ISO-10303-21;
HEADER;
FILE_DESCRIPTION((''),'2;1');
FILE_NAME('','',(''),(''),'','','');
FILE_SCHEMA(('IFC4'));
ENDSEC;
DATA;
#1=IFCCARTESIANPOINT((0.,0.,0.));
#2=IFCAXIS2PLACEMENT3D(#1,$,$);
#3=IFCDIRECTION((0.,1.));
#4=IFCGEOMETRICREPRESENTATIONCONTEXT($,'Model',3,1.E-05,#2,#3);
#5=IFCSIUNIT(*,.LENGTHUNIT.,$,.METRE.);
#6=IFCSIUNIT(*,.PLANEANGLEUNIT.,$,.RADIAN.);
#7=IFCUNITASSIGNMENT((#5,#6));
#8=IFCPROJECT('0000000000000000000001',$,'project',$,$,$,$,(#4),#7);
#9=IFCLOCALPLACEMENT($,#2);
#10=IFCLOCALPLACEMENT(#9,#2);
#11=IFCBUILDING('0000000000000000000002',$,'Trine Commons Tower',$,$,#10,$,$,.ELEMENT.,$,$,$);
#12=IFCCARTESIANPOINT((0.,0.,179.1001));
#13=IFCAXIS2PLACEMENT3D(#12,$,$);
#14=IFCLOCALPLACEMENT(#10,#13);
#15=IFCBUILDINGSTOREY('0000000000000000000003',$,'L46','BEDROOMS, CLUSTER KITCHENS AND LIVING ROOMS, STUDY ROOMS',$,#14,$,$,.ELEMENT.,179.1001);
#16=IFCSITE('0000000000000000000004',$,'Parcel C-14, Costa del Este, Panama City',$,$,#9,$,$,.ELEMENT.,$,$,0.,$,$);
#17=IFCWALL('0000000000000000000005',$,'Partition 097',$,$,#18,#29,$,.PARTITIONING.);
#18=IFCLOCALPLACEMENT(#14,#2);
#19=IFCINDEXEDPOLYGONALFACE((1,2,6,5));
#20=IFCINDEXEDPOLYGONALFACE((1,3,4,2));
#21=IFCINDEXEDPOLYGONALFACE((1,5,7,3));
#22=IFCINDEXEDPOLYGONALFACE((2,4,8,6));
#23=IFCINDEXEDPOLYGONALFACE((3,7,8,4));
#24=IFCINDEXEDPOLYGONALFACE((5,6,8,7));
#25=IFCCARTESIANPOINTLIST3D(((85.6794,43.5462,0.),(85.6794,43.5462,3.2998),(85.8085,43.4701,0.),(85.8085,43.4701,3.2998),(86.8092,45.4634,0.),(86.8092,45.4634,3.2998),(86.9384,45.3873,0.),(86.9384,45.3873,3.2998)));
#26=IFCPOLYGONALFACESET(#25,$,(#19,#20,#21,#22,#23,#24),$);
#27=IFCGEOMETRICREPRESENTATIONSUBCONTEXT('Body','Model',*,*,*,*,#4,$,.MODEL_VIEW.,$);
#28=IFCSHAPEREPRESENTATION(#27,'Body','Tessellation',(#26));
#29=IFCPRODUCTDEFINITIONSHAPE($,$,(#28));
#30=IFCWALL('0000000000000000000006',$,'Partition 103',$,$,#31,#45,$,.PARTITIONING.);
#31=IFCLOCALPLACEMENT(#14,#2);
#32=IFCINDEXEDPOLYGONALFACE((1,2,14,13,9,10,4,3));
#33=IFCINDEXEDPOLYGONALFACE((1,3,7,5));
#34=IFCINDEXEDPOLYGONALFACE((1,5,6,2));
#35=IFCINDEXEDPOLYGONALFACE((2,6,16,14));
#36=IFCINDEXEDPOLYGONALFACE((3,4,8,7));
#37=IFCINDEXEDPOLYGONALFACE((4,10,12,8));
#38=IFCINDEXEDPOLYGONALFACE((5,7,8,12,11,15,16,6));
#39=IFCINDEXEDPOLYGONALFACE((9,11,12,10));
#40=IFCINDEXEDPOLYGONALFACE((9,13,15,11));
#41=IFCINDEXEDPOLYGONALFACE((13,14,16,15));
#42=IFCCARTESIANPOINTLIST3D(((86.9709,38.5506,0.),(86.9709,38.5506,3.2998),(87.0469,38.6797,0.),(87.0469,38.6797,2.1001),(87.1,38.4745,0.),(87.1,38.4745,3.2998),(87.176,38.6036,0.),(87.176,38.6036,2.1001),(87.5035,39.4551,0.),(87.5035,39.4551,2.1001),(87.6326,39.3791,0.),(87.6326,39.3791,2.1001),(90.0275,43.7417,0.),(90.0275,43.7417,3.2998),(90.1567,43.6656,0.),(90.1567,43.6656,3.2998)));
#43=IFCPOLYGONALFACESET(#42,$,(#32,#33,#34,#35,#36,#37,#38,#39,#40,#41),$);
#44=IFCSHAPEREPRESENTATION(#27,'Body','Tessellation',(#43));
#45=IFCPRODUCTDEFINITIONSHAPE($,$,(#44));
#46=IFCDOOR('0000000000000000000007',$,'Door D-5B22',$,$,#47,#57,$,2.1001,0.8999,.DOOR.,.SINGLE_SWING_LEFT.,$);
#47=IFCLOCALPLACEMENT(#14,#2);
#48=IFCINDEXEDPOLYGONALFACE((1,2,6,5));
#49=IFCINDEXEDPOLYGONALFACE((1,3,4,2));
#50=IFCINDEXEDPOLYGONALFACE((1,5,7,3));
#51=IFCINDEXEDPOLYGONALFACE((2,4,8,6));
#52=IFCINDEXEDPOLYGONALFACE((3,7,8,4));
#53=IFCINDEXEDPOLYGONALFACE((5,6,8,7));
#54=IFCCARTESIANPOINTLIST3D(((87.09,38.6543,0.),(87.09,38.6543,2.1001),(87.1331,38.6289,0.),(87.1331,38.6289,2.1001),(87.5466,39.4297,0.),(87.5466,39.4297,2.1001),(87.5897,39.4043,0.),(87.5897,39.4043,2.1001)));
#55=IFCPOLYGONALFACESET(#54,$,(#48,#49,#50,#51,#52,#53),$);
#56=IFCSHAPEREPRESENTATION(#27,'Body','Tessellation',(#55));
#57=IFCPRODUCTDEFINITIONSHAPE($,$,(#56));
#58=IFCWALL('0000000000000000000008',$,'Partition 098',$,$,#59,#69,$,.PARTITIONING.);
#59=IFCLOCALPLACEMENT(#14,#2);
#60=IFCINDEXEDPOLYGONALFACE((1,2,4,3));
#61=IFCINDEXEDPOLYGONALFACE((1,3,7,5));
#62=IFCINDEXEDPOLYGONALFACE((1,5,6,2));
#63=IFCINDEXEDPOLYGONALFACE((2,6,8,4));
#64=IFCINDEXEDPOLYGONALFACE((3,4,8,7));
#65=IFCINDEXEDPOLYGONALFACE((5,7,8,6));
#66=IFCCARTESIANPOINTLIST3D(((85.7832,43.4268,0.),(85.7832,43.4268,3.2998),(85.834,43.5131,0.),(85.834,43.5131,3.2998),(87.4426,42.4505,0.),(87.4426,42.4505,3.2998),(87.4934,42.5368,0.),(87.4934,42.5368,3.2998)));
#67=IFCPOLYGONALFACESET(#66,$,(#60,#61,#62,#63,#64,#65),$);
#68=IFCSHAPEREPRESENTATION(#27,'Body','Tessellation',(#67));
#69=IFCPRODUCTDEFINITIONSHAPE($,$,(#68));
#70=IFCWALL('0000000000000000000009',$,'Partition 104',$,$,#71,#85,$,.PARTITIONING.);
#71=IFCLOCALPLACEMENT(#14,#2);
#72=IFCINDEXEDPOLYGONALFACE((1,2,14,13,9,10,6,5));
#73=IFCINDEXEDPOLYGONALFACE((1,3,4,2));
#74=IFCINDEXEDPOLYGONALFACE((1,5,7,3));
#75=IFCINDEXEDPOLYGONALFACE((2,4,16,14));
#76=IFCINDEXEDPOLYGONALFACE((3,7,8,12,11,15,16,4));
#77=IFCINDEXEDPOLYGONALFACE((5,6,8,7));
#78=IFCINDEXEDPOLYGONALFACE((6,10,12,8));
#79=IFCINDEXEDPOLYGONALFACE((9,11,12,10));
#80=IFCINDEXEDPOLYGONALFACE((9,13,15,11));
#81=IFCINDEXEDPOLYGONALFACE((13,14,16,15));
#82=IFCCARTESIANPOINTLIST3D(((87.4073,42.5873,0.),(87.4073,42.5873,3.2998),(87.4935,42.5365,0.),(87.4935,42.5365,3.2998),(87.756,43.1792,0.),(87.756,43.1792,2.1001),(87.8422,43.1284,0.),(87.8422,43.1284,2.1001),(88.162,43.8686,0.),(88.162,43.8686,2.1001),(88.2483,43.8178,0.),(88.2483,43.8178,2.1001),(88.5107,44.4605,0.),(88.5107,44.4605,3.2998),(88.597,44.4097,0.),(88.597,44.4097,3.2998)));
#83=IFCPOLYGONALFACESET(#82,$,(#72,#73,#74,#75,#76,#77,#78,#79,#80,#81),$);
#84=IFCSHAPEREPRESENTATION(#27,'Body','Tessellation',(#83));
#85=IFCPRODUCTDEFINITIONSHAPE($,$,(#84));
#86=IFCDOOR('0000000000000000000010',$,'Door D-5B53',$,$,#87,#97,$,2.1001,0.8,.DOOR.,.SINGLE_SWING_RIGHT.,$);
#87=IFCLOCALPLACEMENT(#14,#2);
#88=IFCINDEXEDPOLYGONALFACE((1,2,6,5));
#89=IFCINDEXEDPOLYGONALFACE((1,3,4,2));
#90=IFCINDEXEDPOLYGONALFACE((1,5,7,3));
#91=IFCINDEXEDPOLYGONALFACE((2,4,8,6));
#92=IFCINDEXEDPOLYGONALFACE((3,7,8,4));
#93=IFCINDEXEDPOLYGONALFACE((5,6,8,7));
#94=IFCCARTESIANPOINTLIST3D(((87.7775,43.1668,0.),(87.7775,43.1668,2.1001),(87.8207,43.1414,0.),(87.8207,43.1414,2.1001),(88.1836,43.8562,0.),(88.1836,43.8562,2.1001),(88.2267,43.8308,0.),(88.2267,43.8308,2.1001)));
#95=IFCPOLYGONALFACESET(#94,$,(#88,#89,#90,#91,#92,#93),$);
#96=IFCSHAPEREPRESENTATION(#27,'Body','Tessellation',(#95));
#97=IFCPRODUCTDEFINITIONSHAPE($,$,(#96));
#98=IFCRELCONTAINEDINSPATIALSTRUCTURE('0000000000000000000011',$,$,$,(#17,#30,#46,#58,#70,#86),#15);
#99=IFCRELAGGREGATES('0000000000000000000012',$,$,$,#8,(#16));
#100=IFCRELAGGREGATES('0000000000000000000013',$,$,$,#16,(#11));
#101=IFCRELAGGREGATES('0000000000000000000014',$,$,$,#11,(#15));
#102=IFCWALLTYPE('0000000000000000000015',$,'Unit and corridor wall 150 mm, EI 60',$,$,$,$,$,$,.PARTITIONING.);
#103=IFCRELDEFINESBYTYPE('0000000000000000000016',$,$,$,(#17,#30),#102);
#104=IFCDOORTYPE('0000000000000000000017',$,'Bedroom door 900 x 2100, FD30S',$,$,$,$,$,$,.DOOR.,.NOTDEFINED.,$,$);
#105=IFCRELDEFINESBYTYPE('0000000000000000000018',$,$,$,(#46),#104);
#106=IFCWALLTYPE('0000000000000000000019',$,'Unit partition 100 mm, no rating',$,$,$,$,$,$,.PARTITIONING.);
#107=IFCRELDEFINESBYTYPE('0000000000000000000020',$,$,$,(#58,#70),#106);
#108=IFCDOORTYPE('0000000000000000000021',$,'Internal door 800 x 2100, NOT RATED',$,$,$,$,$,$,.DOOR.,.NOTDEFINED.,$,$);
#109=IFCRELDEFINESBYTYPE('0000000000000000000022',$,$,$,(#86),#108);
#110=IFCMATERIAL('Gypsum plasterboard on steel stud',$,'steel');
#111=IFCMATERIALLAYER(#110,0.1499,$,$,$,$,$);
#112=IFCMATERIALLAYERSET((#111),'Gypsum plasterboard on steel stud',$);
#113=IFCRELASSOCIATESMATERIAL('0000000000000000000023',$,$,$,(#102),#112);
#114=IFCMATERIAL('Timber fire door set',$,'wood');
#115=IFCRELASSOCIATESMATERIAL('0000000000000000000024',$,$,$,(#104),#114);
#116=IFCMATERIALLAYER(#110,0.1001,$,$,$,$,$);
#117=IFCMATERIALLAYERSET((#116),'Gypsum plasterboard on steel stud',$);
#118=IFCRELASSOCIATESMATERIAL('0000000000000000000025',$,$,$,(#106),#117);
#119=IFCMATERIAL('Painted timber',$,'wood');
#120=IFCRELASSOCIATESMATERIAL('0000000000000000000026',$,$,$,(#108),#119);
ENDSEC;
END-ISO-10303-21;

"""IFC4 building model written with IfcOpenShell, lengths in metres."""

from ifc_helpers import new_model, si_unit, direction, frame, frame_2d, origin, place, context, subcontext, project, spatial, rectangle, extrude, material, layer, layer_set, type_object, element, fill, save


model = new_model("IFC4")

# Units and contexts
model_context = context("Model", 3, precision=1e-05, world=origin(), true_north=direction((0.0, 1.0)))
body_context = subcontext(model_context, "Body", "Model", "MODEL_VIEW")
ifc_project = project(units=[si_unit("LENGTHUNIT", "METRE"), si_unit("PLANEANGLEUNIT", "RADIAN")], contexts=[model_context])

# Site, building, storey
site_placement = place(None, origin())
site = spatial("IfcSite", under=ifc_project, at=site_placement, Name="Parcel C-14, Costa del Este, Panama City", CompositionType="ELEMENT", RefElevation=0.0)
building_placement = place(site_placement, origin())
building = spatial("IfcBuilding", under=site, at=building_placement, Name="Trine Commons Tower", CompositionType="ELEMENT")
storey_placement = place(building_placement, frame((0.0, 0.0, 179.1001)))
storey = spatial("IfcBuildingStorey", under=building, at=storey_placement, Name="L46", Description="BEDROOMS, CLUSTER KITCHENS AND LIVING ROOMS, STUDY ROOMS", CompositionType="ELEMENT", Elevation=179.1001)

# Wall
ifc_material_1 = material(Name="Gypsum plasterboard on steel stud", Category="steel")
ifc_layer_1 = layer(ifc_material_1, 0.1499)
ifc_layer_set_1 = layer_set([ifc_layer_1], Name="Gypsum plasterboard on steel stud")
wall_type_1 = type_object("IfcWallType", Name="Unit and corridor wall 150 mm, EI 60", PredefinedType="PARTITIONING", material=ifc_layer_set_1)
wall_1_placement = place(storey_placement, frame((85.7439, 43.5081, 0.0), z_axis=(0.0, 0.0, 1.0), x_axis=(0.50772, 0.861522, 0.0)))
element("IfcWall", 1, at=wall_1_placement, inside=storey, type_object=wall_type_1, Name="Partition 097", PredefinedType="PARTITIONING", context=body_context, shape_type="SweptSolid", body=[
    extrude(rectangle(XDim=2.2253, YDim=0.1499, at=frame_2d((1.1128, 0.0))), origin(), (0.0, 0.0, 1.0), 3.2998),
])

# Wall, opening, door
wall_2_placement = place(storey_placement, frame((87.0354, 38.5125, 0.0), z_axis=(0.0, 0.0, 1.0), x_axis=(0.507392, 0.861715, 0.0)))
wall_2 = element("IfcWall", 2, at=wall_2_placement, inside=storey, type_object=wall_type_1, Name="Partition 103", PredefinedType="PARTITIONING", context=body_context, shape_type="SweptSolid", body=[
    extrude(rectangle(XDim=6.0242, YDim=0.1499, at=frame_2d((3.0122, 0.0))), origin(), (0.0, 0.0, 1.0), 3.2998),
])
opening_1_placement = place(wall_2_placement, frame((0.1499, 0.0, 0.0)))
opening_1 = element("IfcOpeningElement", 3, at=opening_1_placement, cuts=wall_2, PredefinedType="OPENING", context=body_context, shape_type="SweptSolid", body=[
    extrude(rectangle(XDim=0.8999, YDim=2.1001, at=frame_2d((0.45, 1.05))), frame((0.0, 0.085, 0.0), z_axis=(0.0, -1.0, 0.0), x_axis=(1.0, 0.0, 0.0)), (0.0, 0.0, 1.0), 0.1699),
])
ifc_material_2 = material(Name="Timber fire door set", Category="wood")
door_type_1 = type_object("IfcDoorType", Name="Bedroom door 900 x 2100, FD30S", OperationType="NOTDEFINED", PredefinedType="DOOR", material=ifc_material_2)
door_1_placement = place(opening_1_placement, origin())
door_1 = element("IfcDoor", 4, at=door_1_placement, inside=storey, type_object=door_type_1, Name="Door D-5B22", OperationType="SINGLE_SWING_LEFT", OverallHeight=2.1001, OverallWidth=0.8999, PredefinedType="DOOR", context=body_context, shape_type="SweptSolid", body=[
    extrude(rectangle(XDim=0.8999, YDim=2.1001, at=frame_2d((0.45, 1.05))), frame((0.0, 0.0249, 0.0), z_axis=(0.0, -1.0, 0.0), x_axis=(1.0, 0.0, 0.0)), (0.0, 0.0, 1.0), 0.05),
])
fill(opening_1, door_1)

# Wall
ifc_layer_2 = layer(ifc_material_1, 0.1001)
ifc_layer_set_2 = layer_set([ifc_layer_2], Name="Gypsum plasterboard on steel stud")
wall_type_2 = type_object("IfcWallType", Name="Unit partition 100 mm, no rating", PredefinedType="PARTITIONING", material=ifc_layer_set_2)
wall_3_placement = place(storey_placement, frame((85.8086, 43.47, 0.0), z_axis=(0.0, 0.0, 1.0), x_axis=(0.861892, -0.507092, 0.0)))
element("IfcWall", 5, at=wall_3_placement, inside=storey, type_object=wall_type_2, Name="Partition 098", PredefinedType="PARTITIONING", context=body_context, shape_type="SweptSolid", body=[
    extrude(rectangle(XDim=1.9253, YDim=0.1001, at=frame_2d((0.9626, 0.0))), origin(), (0.0, 0.0, 1.0), 3.2998),
])

# Wall, opening, door
wall_4_placement = place(storey_placement, frame((87.4504, 42.562, 0.0), z_axis=(0.0, 0.0, 1.0), x_axis=(0.50756, 0.861617, 0.0)))
wall_4 = element("IfcWall", 6, at=wall_4_placement, inside=storey, type_object=wall_type_2, Name="Partition 104", PredefinedType="PARTITIONING", context=body_context, shape_type="SweptSolid", body=[
    extrude(rectangle(XDim=2.1741, YDim=0.1001, at=frame_2d((1.0869, 0.0))), origin(), (0.0, 0.0, 1.0), 3.2998),
])
opening_2_placement = place(wall_4_placement, frame((0.687, 0.0, 0.0)))
opening_2 = element("IfcOpeningElement", 7, at=opening_2_placement, cuts=wall_4, PredefinedType="OPENING", context=body_context, shape_type="SweptSolid", body=[
    extrude(rectangle(XDim=0.8, YDim=2.1001, at=frame_2d((0.3999, 1.05))), frame((0.0, 0.0601, 0.0), z_axis=(0.0, -1.0, 0.0), x_axis=(1.0, 0.0, 0.0)), (0.0, 0.0, 1.0), 0.1201),
])
ifc_material_3 = material(Name="Painted timber", Category="wood")
door_type_2 = type_object("IfcDoorType", Name="Internal door 800 x 2100, NOT RATED", OperationType="NOTDEFINED", PredefinedType="DOOR", material=ifc_material_3)
door_2_placement = place(opening_2_placement, frame((0.8, 0.0, 0.0), z_axis=(0.0, 0.0, 1.0), x_axis=(-1.0, 0.0, 0.0)))
door_2 = element("IfcDoor", 8, at=door_2_placement, inside=storey, type_object=door_type_2, Name="Door D-5B53", OperationType="SINGLE_SWING_RIGHT", OverallHeight=2.1001, OverallWidth=0.8, PredefinedType="DOOR", context=body_context, shape_type="SweptSolid", body=[
    extrude(rectangle(XDim=0.8, YDim=2.1001, at=frame_2d((0.3999, 1.05))), frame((0.0, 0.0249, 0.0), z_axis=(0.0, -1.0, 0.0), x_axis=(1.0, 0.0, 0.0)), (0.0, 0.0, 1.0), 0.05),
])
fill(opening_2, door_2)

save(model, "model.ifc")
